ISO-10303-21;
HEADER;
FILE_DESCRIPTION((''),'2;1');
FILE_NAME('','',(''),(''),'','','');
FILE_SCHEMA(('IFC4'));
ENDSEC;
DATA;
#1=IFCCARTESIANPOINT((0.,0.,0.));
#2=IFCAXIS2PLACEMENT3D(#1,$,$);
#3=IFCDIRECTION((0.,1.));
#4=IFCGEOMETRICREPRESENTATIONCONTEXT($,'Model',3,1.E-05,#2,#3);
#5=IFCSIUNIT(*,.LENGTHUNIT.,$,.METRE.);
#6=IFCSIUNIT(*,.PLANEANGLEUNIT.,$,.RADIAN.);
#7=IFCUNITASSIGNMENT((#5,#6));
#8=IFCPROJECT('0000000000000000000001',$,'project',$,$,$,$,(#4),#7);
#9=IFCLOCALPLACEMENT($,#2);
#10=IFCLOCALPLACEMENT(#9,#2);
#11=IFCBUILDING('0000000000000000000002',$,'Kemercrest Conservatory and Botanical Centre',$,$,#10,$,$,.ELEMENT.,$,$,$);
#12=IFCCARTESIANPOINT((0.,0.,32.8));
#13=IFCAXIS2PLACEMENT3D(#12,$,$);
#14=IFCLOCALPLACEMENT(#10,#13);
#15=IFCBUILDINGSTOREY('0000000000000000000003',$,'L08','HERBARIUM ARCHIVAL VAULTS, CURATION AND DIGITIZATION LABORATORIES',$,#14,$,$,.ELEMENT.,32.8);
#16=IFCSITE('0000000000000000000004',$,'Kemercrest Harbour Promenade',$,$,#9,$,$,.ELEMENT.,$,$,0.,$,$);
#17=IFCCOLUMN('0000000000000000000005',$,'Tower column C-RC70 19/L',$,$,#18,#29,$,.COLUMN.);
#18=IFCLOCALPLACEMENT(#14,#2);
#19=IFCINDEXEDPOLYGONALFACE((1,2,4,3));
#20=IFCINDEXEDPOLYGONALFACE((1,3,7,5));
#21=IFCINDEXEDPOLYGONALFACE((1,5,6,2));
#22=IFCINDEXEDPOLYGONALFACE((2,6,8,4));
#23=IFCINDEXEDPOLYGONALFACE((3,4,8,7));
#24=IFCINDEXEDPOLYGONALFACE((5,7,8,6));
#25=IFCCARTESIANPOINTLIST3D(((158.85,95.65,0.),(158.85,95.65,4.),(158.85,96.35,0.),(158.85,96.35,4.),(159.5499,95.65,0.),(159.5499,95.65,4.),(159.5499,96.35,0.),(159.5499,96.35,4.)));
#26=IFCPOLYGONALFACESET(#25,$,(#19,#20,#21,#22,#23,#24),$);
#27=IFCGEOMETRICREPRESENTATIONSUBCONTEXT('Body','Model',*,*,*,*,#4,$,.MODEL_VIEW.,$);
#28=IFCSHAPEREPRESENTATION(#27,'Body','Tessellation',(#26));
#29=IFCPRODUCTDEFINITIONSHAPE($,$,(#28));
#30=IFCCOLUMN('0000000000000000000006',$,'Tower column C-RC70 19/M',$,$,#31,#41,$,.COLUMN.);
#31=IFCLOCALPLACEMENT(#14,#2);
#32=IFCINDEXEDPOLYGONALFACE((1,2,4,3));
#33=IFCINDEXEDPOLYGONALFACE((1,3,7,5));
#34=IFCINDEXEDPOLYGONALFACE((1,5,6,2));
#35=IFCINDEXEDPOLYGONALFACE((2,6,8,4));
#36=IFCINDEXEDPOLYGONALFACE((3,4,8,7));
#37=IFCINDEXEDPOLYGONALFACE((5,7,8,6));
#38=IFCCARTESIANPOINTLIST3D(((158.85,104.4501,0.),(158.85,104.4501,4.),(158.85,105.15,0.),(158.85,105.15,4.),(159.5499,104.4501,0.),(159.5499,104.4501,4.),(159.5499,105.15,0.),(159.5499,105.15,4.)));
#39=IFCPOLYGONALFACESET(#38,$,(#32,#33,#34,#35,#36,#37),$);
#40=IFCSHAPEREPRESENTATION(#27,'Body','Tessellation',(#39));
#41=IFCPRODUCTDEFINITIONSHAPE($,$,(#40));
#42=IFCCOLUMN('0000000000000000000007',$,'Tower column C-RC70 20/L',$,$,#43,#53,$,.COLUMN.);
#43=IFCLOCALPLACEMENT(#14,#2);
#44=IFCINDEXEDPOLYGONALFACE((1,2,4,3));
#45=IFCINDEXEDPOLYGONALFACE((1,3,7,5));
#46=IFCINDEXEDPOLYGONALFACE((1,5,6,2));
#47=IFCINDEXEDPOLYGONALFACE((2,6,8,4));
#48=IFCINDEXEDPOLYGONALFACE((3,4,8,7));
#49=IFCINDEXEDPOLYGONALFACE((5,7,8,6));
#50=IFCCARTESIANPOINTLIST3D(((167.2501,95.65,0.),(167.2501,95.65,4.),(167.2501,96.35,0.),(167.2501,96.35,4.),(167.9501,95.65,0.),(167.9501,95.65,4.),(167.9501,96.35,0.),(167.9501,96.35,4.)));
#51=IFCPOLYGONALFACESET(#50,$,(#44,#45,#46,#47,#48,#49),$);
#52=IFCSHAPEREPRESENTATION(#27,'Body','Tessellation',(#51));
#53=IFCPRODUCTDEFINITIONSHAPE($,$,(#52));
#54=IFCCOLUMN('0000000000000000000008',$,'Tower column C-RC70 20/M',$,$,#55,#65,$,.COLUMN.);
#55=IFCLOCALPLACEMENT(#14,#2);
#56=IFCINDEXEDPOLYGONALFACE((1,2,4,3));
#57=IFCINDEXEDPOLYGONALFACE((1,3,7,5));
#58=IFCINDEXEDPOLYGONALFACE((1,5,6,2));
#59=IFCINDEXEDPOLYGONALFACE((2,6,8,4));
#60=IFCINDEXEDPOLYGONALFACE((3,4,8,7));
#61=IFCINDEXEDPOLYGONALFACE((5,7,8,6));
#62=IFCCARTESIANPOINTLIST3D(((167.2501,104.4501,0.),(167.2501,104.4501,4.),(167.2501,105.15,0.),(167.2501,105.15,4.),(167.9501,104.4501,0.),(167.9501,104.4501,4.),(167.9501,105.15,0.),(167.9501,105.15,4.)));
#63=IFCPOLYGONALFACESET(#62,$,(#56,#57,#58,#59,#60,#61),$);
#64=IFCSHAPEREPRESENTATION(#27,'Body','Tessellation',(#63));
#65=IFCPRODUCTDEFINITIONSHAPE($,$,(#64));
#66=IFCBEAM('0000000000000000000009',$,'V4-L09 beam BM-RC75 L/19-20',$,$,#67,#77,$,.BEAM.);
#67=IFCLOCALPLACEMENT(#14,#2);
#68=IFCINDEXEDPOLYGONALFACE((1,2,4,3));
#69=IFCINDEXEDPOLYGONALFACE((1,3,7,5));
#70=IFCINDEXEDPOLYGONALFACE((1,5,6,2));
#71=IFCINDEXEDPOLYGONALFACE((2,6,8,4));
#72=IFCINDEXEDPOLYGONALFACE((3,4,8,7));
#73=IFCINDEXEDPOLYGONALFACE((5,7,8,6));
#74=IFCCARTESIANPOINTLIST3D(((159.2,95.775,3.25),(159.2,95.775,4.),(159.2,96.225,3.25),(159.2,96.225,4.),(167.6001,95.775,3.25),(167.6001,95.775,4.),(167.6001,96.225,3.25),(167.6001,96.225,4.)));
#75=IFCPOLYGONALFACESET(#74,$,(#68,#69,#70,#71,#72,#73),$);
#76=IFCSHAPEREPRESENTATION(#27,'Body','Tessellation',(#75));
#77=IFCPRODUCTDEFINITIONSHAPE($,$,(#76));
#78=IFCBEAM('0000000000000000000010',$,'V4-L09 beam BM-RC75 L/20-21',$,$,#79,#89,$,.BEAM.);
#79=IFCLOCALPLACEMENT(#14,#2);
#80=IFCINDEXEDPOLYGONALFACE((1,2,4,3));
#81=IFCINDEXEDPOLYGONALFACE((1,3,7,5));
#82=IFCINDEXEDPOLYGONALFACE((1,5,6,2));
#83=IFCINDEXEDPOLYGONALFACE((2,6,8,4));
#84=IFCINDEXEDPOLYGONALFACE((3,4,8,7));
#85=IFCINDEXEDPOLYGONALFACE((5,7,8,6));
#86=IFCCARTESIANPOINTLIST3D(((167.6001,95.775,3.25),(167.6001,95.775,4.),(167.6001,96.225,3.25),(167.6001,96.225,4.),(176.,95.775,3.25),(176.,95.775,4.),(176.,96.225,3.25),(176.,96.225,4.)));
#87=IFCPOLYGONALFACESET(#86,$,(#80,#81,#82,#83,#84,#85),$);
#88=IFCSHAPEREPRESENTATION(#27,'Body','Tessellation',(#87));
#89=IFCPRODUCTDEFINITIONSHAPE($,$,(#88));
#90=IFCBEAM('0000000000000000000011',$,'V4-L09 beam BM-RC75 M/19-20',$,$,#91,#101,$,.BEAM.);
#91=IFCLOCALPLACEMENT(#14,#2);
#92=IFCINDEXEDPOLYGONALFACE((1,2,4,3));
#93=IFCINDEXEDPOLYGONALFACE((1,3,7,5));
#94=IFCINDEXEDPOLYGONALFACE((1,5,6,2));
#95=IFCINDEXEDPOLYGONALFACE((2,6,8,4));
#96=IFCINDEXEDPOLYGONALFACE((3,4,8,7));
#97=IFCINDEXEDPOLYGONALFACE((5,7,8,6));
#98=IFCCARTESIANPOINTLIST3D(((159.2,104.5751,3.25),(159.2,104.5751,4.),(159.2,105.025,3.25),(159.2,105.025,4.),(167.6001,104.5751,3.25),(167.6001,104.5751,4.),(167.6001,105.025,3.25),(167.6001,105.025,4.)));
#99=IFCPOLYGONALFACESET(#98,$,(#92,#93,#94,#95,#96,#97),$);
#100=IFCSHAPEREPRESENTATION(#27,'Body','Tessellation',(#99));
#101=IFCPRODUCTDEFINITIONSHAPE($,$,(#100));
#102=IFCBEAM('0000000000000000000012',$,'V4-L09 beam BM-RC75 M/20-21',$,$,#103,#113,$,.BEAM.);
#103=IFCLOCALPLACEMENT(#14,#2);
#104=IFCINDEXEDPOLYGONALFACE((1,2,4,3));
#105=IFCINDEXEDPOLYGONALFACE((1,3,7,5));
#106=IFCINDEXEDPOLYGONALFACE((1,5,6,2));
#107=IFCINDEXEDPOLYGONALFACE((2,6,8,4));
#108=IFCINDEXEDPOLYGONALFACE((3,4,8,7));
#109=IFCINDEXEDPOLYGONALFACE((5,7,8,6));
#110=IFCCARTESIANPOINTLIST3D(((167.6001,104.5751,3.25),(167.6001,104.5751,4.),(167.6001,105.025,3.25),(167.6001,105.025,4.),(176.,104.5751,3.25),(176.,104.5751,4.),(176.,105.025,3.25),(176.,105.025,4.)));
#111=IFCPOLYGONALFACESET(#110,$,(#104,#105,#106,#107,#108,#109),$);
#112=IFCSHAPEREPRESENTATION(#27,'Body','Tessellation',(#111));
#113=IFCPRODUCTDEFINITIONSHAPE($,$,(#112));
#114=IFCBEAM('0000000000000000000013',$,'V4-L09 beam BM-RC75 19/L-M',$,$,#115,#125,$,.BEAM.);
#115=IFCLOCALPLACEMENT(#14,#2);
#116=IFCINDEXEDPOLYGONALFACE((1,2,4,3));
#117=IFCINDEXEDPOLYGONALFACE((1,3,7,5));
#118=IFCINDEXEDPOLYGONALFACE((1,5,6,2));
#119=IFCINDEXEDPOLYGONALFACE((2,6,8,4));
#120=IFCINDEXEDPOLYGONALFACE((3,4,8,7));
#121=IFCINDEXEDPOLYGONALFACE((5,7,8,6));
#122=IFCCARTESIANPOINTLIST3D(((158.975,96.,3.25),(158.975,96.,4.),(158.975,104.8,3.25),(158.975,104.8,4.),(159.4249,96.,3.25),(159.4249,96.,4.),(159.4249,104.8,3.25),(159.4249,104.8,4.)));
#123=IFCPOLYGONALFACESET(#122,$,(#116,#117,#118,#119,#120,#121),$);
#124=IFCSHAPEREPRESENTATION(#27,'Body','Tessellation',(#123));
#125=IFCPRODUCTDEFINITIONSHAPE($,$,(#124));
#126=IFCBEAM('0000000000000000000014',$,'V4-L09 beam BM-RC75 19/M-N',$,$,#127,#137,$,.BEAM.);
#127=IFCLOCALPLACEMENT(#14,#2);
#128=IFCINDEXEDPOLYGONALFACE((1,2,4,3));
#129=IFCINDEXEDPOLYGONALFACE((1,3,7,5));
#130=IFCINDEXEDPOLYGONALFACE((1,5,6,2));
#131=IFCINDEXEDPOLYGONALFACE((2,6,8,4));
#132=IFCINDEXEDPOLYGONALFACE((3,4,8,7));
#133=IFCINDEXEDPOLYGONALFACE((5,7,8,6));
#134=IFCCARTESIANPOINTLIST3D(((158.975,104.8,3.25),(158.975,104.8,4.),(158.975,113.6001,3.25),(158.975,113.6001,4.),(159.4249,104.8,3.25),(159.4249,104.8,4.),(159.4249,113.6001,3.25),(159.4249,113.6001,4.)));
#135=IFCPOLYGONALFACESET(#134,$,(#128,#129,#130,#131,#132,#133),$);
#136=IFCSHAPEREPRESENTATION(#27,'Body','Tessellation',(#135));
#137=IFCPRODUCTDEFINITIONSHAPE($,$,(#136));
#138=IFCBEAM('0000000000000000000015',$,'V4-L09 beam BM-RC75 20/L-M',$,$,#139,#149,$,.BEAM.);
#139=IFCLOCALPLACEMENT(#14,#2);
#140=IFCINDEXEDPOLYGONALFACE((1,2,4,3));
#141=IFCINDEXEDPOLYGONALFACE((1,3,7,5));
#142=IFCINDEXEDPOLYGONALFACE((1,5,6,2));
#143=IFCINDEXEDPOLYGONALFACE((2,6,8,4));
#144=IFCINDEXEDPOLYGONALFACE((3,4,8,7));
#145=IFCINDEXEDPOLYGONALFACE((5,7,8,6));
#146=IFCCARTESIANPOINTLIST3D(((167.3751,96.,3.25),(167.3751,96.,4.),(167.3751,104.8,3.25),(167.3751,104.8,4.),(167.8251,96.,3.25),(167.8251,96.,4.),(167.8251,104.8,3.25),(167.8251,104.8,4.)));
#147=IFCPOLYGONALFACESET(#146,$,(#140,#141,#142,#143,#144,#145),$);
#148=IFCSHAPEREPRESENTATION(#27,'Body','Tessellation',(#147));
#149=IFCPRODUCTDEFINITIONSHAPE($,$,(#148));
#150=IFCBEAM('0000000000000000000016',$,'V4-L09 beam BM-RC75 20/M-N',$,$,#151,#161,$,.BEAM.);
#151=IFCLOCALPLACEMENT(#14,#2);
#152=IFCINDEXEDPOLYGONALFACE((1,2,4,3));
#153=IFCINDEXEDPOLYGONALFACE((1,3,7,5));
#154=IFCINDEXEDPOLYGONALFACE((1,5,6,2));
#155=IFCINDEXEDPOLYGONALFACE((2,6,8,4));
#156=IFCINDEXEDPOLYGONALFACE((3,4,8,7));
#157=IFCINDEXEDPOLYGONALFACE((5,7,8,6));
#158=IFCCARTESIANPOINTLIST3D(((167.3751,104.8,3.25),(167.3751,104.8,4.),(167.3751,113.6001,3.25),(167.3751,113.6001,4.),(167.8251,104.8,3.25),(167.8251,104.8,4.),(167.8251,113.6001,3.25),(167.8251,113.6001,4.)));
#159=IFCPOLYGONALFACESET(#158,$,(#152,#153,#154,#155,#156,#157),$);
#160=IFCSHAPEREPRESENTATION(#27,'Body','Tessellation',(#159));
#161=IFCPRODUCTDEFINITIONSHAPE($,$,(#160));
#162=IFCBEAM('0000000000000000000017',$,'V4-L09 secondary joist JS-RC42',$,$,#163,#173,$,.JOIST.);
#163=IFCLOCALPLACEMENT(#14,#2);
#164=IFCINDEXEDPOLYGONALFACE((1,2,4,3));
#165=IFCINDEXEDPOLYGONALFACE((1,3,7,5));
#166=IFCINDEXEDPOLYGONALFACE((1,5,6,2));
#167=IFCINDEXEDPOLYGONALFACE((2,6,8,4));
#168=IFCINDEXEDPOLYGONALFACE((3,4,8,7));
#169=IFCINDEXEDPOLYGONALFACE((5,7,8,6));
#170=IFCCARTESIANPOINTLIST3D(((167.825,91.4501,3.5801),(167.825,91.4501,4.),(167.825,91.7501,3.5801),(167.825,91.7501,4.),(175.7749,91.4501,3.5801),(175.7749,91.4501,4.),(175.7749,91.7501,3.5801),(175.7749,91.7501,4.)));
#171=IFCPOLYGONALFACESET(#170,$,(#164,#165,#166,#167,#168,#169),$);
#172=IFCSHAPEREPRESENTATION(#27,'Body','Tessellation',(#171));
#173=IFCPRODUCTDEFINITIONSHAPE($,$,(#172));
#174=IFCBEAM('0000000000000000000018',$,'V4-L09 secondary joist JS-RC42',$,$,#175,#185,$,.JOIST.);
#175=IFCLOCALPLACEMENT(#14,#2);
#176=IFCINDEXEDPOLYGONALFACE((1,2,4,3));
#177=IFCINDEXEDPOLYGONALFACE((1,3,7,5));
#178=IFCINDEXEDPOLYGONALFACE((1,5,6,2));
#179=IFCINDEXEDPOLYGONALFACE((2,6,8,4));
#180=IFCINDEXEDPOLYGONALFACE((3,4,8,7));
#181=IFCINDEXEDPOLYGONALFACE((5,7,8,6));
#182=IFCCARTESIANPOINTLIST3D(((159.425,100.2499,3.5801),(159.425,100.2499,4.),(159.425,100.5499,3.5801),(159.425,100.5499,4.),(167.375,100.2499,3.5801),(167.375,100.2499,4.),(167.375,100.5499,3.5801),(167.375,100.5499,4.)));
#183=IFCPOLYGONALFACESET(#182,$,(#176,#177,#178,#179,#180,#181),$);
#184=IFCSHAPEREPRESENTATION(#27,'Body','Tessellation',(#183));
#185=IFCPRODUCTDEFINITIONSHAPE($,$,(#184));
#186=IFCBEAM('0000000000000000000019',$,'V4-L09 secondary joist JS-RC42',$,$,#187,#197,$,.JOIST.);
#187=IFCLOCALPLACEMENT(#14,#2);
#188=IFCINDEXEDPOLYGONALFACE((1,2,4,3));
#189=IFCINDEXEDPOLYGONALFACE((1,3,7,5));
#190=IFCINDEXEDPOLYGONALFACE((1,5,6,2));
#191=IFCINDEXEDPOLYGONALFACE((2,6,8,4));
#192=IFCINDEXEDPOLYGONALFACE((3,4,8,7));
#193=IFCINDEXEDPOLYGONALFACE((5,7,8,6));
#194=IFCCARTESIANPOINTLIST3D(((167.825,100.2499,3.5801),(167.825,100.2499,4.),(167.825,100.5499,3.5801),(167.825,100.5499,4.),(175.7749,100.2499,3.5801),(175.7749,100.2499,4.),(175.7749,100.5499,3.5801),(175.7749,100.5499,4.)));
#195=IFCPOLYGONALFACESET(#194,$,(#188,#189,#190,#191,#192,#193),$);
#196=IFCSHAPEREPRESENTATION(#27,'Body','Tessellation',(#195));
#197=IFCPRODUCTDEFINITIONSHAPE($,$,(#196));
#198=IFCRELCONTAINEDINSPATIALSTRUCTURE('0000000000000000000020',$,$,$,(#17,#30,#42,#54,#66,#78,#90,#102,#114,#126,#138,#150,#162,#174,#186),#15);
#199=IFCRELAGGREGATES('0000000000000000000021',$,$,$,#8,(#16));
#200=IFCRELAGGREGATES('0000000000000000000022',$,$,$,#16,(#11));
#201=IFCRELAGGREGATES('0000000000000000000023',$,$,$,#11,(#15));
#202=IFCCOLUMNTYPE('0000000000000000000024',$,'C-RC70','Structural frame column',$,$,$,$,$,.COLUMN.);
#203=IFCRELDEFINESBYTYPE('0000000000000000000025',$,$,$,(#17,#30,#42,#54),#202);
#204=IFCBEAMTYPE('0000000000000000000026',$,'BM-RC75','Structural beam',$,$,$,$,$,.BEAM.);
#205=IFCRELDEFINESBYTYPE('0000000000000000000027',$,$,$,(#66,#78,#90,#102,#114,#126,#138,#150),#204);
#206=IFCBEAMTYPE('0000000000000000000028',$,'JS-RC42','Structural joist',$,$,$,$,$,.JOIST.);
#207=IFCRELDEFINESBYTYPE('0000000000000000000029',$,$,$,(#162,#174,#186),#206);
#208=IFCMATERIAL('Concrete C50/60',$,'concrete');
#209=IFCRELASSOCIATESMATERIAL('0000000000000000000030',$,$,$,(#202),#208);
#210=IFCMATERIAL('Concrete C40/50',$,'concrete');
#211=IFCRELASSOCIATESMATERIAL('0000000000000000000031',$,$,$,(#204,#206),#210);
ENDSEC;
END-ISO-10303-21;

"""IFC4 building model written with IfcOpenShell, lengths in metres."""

from ifc_helpers import new_model, si_unit, direction, frame, origin, origin_2d, place, context, subcontext, project, spatial, rectangle, extrude, material, material_profile, profile_set, type_object, element, save


model = new_model("IFC4")

# Units and contexts
model_context = context("Model", 3, precision=1e-05, world=origin(), true_north=direction((0.0, 1.0)))
body_context = subcontext(model_context, "Body", "Model", "MODEL_VIEW")
ifc_project = project(units=[si_unit("LENGTHUNIT", "METRE"), si_unit("PLANEANGLEUNIT", "RADIAN")], contexts=[model_context])

# Site, building, storey
site_placement = place(None, origin())
site = spatial("IfcSite", under=ifc_project, at=site_placement, Name="Kemercrest Harbour Promenade", CompositionType="ELEMENT", RefElevation=0.0)
building_placement = place(site_placement, origin())
building = spatial("IfcBuilding", under=site, at=building_placement, Name="Kemercrest Conservatory and Botanical Centre", CompositionType="ELEMENT")
storey_placement = place(building_placement, frame((0.0, 0.0, 32.8)))
storey = spatial("IfcBuildingStorey", under=building, at=storey_placement, Name="L08", Description="HERBARIUM ARCHIVAL VAULTS, CURATION AND DIGITIZATION LABORATORIES", CompositionType="ELEMENT", Elevation=32.8)

# Columns
ifc_material_1 = material(Name="Concrete C50/60", Category="concrete")
ifc_material_profile_1 = material_profile(ifc_material_1, rectangle(XDim=0.7, YDim=0.7, at=origin_2d()), Name="RC 700x700")
ifc_profile_set_1 = profile_set([ifc_material_profile_1], Name="Concrete C50/60")
column_type = type_object("IfcColumnType", Name="C-RC70", Description="Structural frame column", PredefinedType="COLUMN", material=ifc_profile_set_1)
for number, where, z_axis, x_axis, name in (
    (1, (159.2, 96.0, 0.0), (0.0, 0.0, 1.0), (1.0, 0.0, 0.0), "Tower column C-RC70 19/L"),
    (2, (159.2, 104.8, 0.0), (0.0, 0.0, 1.0), (1.0, 0.0, 0.0), "Tower column C-RC70 19/M"),
    (3, (167.6001, 96.0, 0.0), (0.0, 0.0, 1.0), (1.0, 0.0, 0.0), "Tower column C-RC70 20/L"),
    (4, (167.6001, 104.8, 0.0), (0.0, 0.0, 1.0), (1.0, 0.0, 0.0), "Tower column C-RC70 20/M"),
):
    element("IfcColumn", number, at=place(storey_placement, frame(where, z_axis=z_axis, x_axis=x_axis)), inside=storey, type_object=column_type, Name=name, PredefinedType="COLUMN", context=body_context, shape_type="SweptSolid", body=[
        extrude(rectangle(XDim=0.7, YDim=0.7, at=origin_2d()), origin(), (0.0, 0.0, 1.0), 4.0),
    ])

# Beams
ifc_material_2 = material(Name="Concrete C40/50", Category="concrete")
ifc_material_profile_2 = material_profile(ifc_material_2, rectangle(XDim=0.45, YDim=0.75, at=origin_2d()), Name="RC 450x750")
ifc_profile_set_2 = profile_set([ifc_material_profile_2], Name="Concrete C40/50")
beam_type_1 = type_object("IfcBeamType", Name="BM-RC75", Description="Structural beam", PredefinedType="BEAM", material=ifc_profile_set_2)
beam_1_placement = place(storey_placement, frame((159.2, 96.0, 3.625), z_axis=(1.0, 0.0, 0.0), x_axis=(0.0, 1.0, 0.0)))
element("IfcBeam", 5, at=beam_1_placement, inside=storey, type_object=beam_type_1, Name="V4-L09 beam BM-RC75 L/19-20", PredefinedType="BEAM", context=body_context, shape_type="SweptSolid", body=[
    extrude(rectangle(XDim=0.45, YDim=0.75, at=origin_2d()), origin(), (0.0, 0.0, 1.0), 8.4001),
])
beam_2_placement = place(storey_placement, frame((167.6001, 96.0, 3.625), z_axis=(1.0, 0.0, 0.0), x_axis=(0.0, 1.0, 0.0)))
element("IfcBeam", 6, at=beam_2_placement, inside=storey, type_object=beam_type_1, Name="V4-L09 beam BM-RC75 L/20-21", PredefinedType="BEAM", context=body_context, shape_type="SweptSolid", body=[
    extrude(rectangle(XDim=0.45, YDim=0.75, at=origin_2d()), origin(), (0.0, 0.0, 1.0), 8.3999),
])
beam_3_placement = place(storey_placement, frame((159.2, 104.8, 3.625), z_axis=(1.0, 0.0, 0.0), x_axis=(0.0, 1.0, 0.0)))
element("IfcBeam", 7, at=beam_3_placement, inside=storey, type_object=beam_type_1, Name="V4-L09 beam BM-RC75 M/19-20", PredefinedType="BEAM", context=body_context, shape_type="SweptSolid", body=[
    extrude(rectangle(XDim=0.45, YDim=0.75, at=origin_2d()), origin(), (0.0, 0.0, 1.0), 8.4001),
])
beam_4_placement = place(storey_placement, frame((167.6001, 104.8, 3.625), z_axis=(1.0, 0.0, 0.0), x_axis=(0.0, 1.0, 0.0)))
element("IfcBeam", 8, at=beam_4_placement, inside=storey, type_object=beam_type_1, Name="V4-L09 beam BM-RC75 M/20-21", PredefinedType="BEAM", context=body_context, shape_type="SweptSolid", body=[
    extrude(rectangle(XDim=0.45, YDim=0.75, at=origin_2d()), origin(), (0.0, 0.0, 1.0), 8.3999),
])
for number, where, z_axis, x_axis, name in (
    (9, (159.2, 96.0, 3.625), (0.0, 1.0, 0.0), (-1.0, 0.0, 0.0), "V4-L09 beam BM-RC75 19/L-M"),
    (10, (159.2, 104.8, 3.625), (0.0, 1.0, 0.0), (-1.0, 0.0, 0.0), "V4-L09 beam BM-RC75 19/M-N"),
    (11, (167.6001, 96.0, 3.625), (0.0, 1.0, 0.0), (-1.0, 0.0, 0.0), "V4-L09 beam BM-RC75 20/L-M"),
    (12, (167.6001, 104.8, 3.625), (0.0, 1.0, 0.0), (-1.0, 0.0, 0.0), "V4-L09 beam BM-RC75 20/M-N"),
):
    element("IfcBeam", number, at=place(storey_placement, frame(where, z_axis=z_axis, x_axis=x_axis)), inside=storey, type_object=beam_type_1, Name=name, PredefinedType="BEAM", context=body_context, shape_type="SweptSolid", body=[
        extrude(rectangle(XDim=0.45, YDim=0.75, at=origin_2d()), origin(), (0.0, 0.0, 1.0), 8.8),
    ])
ifc_material_profile_3 = material_profile(ifc_material_2, rectangle(XDim=0.3, YDim=0.4199, at=origin_2d()), Name="RC 300x420")
ifc_profile_set_3 = profile_set([ifc_material_profile_3], Name="Concrete C40/50")
beam_type_2 = type_object("IfcBeamType", Name="JS-RC42", Description="Structural joist", PredefinedType="JOIST", material=ifc_profile_set_3)
for number, where, z_axis, x_axis, name in (
    (13, (167.825, 91.6001, 3.79), (1.0, 0.0, 0.0), (0.0, 1.0, 0.0), "V4-L09 secondary joist JS-RC42"),
    (14, (159.425, 100.3999, 3.79), (1.0, 0.0, 0.0), (0.0, 1.0, 0.0), "V4-L09 secondary joist JS-RC42"),
    (15, (167.825, 100.3999, 3.79), (1.0, 0.0, 0.0), (0.0, 1.0, 0.0), "V4-L09 secondary joist JS-RC42"),
):
    element("IfcBeam", number, at=place(storey_placement, frame(where, z_axis=z_axis, x_axis=x_axis)), inside=storey, type_object=beam_type_2, Name=name, PredefinedType="JOIST", context=body_context, shape_type="SweptSolid", body=[
        extrude(rectangle(XDim=0.3, YDim=0.4199, at=origin_2d()), origin(), (0.0, 0.0, 1.0), 7.95),
    ])

save(model, "model.ifc")
